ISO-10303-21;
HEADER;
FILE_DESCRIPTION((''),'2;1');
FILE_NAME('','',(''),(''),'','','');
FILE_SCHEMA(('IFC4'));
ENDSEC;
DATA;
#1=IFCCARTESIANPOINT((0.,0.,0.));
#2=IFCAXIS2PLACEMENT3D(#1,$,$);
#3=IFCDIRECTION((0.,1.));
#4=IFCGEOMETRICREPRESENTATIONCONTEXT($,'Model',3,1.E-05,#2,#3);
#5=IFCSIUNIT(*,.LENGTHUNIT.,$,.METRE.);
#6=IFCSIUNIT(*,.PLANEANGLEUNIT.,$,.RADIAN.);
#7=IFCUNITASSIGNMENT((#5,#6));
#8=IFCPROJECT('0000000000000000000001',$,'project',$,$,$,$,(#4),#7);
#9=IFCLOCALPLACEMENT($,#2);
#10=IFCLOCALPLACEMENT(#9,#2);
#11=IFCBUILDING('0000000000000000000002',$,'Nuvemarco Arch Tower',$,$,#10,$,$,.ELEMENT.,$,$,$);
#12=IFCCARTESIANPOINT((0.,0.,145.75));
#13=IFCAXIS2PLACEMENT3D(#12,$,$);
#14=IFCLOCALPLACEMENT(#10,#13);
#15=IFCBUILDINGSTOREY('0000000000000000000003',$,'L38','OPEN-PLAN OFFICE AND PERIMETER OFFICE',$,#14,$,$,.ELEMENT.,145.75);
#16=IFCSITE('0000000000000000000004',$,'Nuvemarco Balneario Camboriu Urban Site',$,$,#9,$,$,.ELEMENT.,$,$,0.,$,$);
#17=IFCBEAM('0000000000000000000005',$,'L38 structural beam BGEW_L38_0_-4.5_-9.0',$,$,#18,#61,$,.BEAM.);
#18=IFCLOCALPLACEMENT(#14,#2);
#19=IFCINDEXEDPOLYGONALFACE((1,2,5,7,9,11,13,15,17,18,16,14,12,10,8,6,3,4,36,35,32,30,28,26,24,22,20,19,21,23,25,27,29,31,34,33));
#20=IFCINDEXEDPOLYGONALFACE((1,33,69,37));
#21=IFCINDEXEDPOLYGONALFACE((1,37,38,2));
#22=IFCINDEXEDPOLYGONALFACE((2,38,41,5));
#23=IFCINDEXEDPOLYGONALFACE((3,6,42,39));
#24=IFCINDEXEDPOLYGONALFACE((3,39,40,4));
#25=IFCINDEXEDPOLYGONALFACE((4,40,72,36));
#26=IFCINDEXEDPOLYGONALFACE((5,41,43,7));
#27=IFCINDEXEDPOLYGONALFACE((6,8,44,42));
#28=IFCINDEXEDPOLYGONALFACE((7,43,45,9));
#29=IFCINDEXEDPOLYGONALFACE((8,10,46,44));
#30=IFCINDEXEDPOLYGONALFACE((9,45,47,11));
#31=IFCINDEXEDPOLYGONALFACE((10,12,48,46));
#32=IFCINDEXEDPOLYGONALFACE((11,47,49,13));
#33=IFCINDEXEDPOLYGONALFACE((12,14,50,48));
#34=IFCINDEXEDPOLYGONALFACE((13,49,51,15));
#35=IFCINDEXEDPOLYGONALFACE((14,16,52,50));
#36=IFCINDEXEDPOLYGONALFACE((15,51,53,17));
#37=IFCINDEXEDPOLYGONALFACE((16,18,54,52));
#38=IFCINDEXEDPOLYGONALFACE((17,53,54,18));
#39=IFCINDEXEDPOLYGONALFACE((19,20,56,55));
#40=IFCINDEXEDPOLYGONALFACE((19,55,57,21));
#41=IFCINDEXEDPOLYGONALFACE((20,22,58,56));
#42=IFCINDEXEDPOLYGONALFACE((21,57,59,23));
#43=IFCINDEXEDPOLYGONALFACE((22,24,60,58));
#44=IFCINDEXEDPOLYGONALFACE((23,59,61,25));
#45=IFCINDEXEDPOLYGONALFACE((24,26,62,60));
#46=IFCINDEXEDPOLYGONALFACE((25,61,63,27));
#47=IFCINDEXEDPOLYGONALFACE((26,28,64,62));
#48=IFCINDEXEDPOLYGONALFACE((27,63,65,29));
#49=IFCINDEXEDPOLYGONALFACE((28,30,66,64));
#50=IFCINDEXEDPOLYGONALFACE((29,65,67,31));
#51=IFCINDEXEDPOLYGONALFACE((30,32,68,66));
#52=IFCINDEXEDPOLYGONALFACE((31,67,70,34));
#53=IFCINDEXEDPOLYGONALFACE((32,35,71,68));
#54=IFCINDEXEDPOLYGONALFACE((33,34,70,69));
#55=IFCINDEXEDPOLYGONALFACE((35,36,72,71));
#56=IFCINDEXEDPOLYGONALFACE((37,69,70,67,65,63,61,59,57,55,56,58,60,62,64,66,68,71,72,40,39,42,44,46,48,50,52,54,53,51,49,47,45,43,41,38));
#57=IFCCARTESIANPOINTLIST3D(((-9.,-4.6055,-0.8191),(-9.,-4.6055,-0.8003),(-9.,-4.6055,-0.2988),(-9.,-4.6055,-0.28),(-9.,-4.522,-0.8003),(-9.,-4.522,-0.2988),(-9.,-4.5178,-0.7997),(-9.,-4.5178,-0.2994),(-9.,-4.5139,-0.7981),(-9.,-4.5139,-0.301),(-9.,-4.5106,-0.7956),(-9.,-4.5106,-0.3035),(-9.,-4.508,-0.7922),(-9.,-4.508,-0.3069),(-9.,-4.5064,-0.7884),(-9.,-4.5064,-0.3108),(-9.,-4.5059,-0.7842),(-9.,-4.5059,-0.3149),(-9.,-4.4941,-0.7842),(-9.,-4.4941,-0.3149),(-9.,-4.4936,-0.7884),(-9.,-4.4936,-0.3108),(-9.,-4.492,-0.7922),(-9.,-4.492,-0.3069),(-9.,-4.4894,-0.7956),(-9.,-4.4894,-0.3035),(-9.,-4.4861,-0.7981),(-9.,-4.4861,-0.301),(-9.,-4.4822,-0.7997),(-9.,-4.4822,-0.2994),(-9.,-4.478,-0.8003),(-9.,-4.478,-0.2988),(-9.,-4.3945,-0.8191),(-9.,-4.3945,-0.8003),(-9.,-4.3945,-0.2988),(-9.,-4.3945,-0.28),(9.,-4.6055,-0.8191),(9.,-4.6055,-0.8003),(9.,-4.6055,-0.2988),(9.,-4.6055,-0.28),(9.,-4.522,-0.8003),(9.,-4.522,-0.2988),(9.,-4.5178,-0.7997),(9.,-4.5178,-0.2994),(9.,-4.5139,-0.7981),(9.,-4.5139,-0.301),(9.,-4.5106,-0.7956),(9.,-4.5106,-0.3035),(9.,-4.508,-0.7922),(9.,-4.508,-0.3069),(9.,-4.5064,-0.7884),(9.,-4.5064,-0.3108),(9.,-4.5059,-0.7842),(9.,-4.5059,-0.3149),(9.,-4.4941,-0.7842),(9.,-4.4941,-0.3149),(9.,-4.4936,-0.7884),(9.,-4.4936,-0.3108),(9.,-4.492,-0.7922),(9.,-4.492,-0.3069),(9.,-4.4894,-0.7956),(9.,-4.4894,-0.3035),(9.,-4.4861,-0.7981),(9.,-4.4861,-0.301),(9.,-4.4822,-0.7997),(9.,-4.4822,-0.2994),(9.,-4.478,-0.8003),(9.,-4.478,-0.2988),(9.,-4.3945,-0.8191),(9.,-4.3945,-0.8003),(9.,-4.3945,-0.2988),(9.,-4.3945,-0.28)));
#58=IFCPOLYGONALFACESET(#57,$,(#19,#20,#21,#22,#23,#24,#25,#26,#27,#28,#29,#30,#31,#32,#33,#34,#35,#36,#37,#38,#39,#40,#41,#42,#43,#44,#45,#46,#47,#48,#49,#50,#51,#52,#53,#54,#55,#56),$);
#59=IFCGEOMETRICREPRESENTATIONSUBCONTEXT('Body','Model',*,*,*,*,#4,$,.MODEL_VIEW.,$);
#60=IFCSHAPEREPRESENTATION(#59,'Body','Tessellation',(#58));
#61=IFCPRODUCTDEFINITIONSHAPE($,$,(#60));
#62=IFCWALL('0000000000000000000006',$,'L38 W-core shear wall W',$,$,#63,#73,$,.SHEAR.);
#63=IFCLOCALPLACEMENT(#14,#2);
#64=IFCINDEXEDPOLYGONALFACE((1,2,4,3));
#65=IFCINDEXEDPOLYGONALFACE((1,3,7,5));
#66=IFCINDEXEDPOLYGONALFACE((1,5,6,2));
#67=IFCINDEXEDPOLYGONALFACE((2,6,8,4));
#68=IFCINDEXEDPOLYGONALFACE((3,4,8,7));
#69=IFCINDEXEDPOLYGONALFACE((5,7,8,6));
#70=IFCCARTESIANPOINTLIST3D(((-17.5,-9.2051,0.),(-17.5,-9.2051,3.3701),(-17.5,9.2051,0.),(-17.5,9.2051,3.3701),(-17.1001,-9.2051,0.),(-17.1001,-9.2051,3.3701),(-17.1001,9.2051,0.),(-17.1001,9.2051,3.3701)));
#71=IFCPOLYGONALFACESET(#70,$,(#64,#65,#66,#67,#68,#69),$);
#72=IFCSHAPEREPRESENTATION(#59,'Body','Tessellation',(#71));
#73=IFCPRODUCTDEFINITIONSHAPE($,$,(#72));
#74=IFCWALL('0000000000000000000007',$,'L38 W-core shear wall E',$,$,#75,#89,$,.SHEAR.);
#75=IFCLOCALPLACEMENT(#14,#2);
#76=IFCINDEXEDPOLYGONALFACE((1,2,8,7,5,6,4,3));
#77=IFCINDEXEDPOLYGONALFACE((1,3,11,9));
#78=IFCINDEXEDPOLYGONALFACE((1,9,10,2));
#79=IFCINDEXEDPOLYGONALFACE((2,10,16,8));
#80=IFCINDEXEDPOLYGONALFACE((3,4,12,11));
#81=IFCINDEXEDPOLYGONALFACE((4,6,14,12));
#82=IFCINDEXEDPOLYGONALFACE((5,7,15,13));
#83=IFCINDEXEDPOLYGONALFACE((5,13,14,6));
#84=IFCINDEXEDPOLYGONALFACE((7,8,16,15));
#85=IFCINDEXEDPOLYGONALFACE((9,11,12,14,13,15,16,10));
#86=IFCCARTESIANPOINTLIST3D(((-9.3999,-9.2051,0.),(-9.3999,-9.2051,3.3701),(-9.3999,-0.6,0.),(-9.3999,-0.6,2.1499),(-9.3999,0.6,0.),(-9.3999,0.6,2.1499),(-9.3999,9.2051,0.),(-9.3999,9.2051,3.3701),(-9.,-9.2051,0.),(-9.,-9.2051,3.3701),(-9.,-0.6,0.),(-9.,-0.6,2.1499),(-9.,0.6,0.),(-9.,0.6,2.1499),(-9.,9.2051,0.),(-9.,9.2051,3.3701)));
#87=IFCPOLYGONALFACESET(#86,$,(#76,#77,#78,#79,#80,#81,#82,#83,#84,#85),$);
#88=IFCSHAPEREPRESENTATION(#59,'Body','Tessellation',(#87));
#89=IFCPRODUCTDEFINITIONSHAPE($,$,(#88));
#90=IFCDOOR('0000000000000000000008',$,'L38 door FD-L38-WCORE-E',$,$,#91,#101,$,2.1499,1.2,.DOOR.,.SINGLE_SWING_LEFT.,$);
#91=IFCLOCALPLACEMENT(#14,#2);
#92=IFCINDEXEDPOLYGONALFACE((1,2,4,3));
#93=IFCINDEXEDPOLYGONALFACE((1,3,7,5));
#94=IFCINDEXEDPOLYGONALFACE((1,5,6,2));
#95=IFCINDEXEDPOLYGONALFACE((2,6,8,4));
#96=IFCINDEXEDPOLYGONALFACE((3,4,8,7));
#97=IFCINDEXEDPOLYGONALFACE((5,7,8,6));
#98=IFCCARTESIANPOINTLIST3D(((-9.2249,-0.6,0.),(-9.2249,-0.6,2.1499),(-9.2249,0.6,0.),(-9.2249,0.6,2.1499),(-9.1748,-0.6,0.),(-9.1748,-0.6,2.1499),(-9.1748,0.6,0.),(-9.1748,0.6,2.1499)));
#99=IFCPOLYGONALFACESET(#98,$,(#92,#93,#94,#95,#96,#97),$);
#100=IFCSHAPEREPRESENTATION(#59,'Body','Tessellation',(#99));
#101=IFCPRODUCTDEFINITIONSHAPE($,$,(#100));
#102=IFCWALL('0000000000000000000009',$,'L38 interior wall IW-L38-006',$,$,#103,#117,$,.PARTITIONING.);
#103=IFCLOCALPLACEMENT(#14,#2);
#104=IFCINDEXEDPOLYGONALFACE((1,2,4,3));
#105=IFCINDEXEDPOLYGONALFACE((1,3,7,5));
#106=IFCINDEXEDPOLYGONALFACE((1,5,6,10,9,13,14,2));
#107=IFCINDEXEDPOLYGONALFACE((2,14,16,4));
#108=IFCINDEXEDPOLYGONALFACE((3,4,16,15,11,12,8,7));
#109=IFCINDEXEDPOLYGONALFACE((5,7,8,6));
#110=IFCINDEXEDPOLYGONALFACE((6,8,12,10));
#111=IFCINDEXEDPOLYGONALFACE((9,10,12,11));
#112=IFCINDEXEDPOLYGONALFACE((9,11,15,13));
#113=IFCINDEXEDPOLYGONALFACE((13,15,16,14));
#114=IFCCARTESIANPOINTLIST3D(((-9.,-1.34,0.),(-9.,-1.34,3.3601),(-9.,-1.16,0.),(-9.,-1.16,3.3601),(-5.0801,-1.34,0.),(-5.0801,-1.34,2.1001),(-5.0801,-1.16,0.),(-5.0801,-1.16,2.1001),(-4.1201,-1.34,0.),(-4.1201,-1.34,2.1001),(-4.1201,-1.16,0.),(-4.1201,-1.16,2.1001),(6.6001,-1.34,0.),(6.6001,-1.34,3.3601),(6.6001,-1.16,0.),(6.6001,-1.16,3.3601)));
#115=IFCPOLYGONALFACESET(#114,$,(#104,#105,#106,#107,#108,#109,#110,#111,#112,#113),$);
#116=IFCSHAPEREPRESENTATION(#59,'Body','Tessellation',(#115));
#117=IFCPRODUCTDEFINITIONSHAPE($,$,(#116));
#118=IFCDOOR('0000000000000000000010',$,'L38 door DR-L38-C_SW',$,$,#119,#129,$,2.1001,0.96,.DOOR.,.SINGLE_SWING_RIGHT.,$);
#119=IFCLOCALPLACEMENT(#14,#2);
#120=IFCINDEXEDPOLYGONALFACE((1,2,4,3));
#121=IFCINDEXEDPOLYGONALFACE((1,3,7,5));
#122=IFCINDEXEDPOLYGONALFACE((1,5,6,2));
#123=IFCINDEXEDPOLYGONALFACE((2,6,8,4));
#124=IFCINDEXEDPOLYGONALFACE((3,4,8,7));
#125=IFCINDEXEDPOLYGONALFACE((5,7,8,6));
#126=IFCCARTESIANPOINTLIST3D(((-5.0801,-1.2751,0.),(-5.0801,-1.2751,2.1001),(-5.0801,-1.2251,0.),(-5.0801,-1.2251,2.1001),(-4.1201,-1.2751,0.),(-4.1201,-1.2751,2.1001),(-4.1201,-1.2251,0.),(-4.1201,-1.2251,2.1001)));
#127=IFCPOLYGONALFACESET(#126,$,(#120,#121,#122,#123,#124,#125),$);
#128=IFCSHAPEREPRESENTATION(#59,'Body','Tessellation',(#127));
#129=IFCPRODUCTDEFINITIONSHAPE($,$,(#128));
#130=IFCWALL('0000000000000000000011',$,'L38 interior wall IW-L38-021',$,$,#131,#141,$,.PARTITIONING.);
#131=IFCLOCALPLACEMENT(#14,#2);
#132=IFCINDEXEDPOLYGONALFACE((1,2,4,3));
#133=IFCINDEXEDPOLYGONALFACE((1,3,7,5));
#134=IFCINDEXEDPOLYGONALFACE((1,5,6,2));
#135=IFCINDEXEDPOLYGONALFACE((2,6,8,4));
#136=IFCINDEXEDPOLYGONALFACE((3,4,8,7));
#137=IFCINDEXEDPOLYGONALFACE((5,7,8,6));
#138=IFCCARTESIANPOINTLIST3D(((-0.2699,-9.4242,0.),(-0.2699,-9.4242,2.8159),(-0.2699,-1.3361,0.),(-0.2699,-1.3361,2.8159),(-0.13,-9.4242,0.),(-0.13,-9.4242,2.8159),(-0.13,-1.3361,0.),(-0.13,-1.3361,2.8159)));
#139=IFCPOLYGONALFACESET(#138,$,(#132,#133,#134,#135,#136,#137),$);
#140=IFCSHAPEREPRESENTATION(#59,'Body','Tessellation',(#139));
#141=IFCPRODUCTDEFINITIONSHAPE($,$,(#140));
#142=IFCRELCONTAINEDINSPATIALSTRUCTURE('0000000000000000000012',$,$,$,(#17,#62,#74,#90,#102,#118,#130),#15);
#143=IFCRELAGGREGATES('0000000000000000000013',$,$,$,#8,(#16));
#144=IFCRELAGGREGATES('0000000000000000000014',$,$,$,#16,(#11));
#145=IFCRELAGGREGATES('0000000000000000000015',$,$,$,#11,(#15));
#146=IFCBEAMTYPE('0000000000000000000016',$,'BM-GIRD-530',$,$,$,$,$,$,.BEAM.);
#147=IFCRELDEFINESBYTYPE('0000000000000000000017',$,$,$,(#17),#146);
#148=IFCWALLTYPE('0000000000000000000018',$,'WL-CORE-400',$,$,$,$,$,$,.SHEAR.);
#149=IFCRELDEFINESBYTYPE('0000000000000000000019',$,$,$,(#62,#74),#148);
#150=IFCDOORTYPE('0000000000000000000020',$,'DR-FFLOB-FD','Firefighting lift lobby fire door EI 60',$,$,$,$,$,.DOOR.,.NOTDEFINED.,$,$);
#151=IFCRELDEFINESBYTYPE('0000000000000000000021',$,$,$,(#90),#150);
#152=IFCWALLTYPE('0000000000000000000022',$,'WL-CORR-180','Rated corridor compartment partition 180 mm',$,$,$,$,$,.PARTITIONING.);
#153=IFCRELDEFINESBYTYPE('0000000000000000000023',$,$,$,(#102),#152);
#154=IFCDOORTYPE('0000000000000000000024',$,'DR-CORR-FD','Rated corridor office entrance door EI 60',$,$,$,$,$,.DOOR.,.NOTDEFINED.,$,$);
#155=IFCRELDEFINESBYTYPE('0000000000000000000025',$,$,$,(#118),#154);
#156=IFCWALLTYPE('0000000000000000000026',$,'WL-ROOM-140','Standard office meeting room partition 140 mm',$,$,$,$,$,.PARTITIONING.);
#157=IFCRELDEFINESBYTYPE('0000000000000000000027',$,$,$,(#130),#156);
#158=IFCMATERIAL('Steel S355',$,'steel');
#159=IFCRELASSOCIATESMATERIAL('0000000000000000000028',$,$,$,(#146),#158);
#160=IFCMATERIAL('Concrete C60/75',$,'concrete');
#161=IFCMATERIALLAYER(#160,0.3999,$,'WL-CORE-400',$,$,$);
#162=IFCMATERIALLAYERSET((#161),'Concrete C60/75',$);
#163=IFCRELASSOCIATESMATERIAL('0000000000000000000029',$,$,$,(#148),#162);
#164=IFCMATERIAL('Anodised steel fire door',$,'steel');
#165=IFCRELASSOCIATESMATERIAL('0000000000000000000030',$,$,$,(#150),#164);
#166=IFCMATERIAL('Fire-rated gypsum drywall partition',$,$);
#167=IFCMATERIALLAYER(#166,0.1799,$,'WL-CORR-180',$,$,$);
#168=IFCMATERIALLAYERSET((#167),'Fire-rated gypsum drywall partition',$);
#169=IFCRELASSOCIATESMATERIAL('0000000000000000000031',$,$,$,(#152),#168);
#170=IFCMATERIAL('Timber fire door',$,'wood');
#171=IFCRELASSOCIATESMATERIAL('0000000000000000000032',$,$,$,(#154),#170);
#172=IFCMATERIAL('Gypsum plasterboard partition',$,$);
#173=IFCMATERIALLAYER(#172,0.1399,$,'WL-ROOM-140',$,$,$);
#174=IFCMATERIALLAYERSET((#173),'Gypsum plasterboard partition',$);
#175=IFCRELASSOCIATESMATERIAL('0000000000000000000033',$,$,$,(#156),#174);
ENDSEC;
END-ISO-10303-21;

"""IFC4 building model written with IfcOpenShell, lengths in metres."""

from ifc_helpers import new_model, si_unit, direction, frame, frame_2d, origin, origin_2d, place, context, subcontext, project, spatial, rectangle, i_section, extrude, source, transform, mapped, material, layer, layer_set, material_profile, profile_set, type_object, type_shapes, element, fill, save


model = new_model("IFC4")

# Units and contexts
model_context = context("Model", 3, precision=1e-05, world=origin(), true_north=direction((0.0, 1.0)))
body_context = subcontext(model_context, "Body", "Model", "MODEL_VIEW")
ifc_project = project(units=[si_unit("LENGTHUNIT", "METRE"), si_unit("PLANEANGLEUNIT", "RADIAN")], contexts=[model_context])

# Site, building, storey
site_placement = place(None, origin())
site = spatial("IfcSite", under=ifc_project, at=site_placement, Name="Nuvemarco Balneario Camboriu Urban Site", CompositionType="ELEMENT", RefElevation=0.0)
building_placement = place(site_placement, origin())
building = spatial("IfcBuilding", under=site, at=building_placement, Name="Nuvemarco Arch Tower", CompositionType="ELEMENT")
storey_placement = place(building_placement, frame((0.0, 0.0, 145.75)))
storey = spatial("IfcBuildingStorey", under=building, at=storey_placement, Name="L38", Description="OPEN-PLAN OFFICE AND PERIMETER OFFICE", CompositionType="ELEMENT", Elevation=145.75)

# Shared definitions
ifc_material_1 = material(Name="Steel S355", Category="steel")

# Beam
ifc_material_2 = material(Name="Concrete C60/75", Category="concrete")
ifc_material_profile_1 = material_profile(ifc_material_1, i_section(OverallWidth=0.2109, OverallDepth=0.5391, WebThickness=0.0117, FlangeThickness=0.0188, FilletRadius=0.0161, at=origin_2d()), Name="W530x109")
ifc_profile_set_1 = profile_set([ifc_material_profile_1], Name="Steel S355")
beam_type_1 = type_object("IfcBeamType", Name="BM-GIRD-530", PredefinedType="BEAM", material=ifc_profile_set_1)
beam_1_placement = place(storey_placement, frame((-9.0, -4.5, -0.5496), z_axis=(1.0, 0.0, 0.0), x_axis=(0.0, 1.0, 0.0)))
element("IfcBeam", 1, at=beam_1_placement, inside=storey, type_object=beam_type_1, Name="L38 structural beam BGEW_L38_0_-4.5_-9.0", PredefinedType="BEAM", context=body_context, shape_type="SweptSolid", body=[
    extrude(i_section(OverallWidth=0.2109, OverallDepth=0.5391, WebThickness=0.0117, FlangeThickness=0.0188, FilletRadius=0.0161, at=origin_2d()), origin(), (0.0, 0.0, 1.0), 18.0),
])

# Wall
ifc_layer_1 = layer(ifc_material_2, 0.3999, Name="WL-CORE-400")
ifc_layer_set_1 = layer_set([ifc_layer_1], Name="Concrete C60/75")
wall_type_1 = type_object("IfcWallType", Name="WL-CORE-400", PredefinedType="SHEAR", material=ifc_layer_set_1)
wall_1_placement = place(storey_placement, frame((-17.3, -9.2051, 0.0), z_axis=(0.0, 0.0, 1.0), x_axis=(0.0, 1.0, 0.0)))
element("IfcWall", 2, at=wall_1_placement, inside=storey, type_object=wall_type_1, Name="L38 W-core shear wall W", PredefinedType="SHEAR", context=body_context, shape_type="SweptSolid", body=[
    extrude(rectangle(XDim=18.4102, YDim=0.3999, at=frame_2d((9.2051, 0.0))), origin(), (0.0, 0.0, 1.0), 3.3701),
])

# Walls, openings, doors
wall_2_placement = place(storey_placement, frame((-9.2, -9.2051, 0.0), z_axis=(0.0, 0.0, 1.0), x_axis=(0.0, 1.0, 0.0)))
wall_2 = element("IfcWall", 3, at=wall_2_placement, inside=storey, type_object=wall_type_1, Name="L38 W-core shear wall E", PredefinedType="SHEAR", context=body_context, shape_type="SweptSolid", body=[
    extrude(rectangle(XDim=18.4102, YDim=0.3999, at=frame_2d((9.2051, 0.0))), origin(), (0.0, 0.0, 1.0), 3.3701),
])
opening_1_placement = place(wall_2_placement, frame((8.605, 0.0, 0.0)))
opening_1 = element("IfcOpeningElement", 4, at=opening_1_placement, cuts=wall_2, PredefinedType="OPENING", context=body_context, shape_type="SweptSolid", body=[
    extrude(rectangle(XDim=1.2, YDim=2.1499, at=frame_2d((0.6001, 1.075))), frame((0.0, 0.21, 0.0), z_axis=(0.0, -1.0, 0.0), x_axis=(1.0, 0.0, 0.0)), (0.0, 0.0, 1.0), 0.4199),
])
ifc_material_3 = material(Name="Anodised steel fire door", Category="steel")
door_type_1 = type_object("IfcDoorType", Name="DR-FFLOB-FD", Description="Firefighting lift lobby fire door EI 60", OperationType="NOTDEFINED", PredefinedType="DOOR", material=ifc_material_3)
shared_shape_1 = source(origin(), body_context, "Body", "SweptSolid", [
    extrude(rectangle(XDim=1.2, YDim=2.1499, at=frame_2d((0.6001, 1.075))), frame((0.0, 0.0249, 0.0), z_axis=(0.0, -1.0, 0.0), x_axis=(1.0, 0.0, 0.0)), (0.0, 0.0, 1.0), 0.05),
])
type_shapes(door_type_1, [shared_shape_1])
door_1_placement = place(opening_1_placement, origin())
door_1 = element("IfcDoor", 5, at=door_1_placement, inside=storey, type_object=door_type_1, Name="L38 door FD-L38-WCORE-E", OperationType="SINGLE_SWING_LEFT", OverallHeight=2.1499, OverallWidth=1.2, PredefinedType="DOOR", context=body_context, shape_type="MappedRepresentation", body=[
    mapped(shared_shape_1, transform((0.0, 0.0, 0.0), scale=1.0)),
])
fill(opening_1, door_1)
ifc_material_4 = material(Name="Fire-rated gypsum drywall partition")
ifc_layer_2 = layer(ifc_material_4, 0.1799, Name="WL-CORR-180")
ifc_layer_set_2 = layer_set([ifc_layer_2], Name="Fire-rated gypsum drywall partition")
wall_type_2 = type_object("IfcWallType", Name="WL-CORR-180", Description="Rated corridor compartment partition 180 mm", PredefinedType="PARTITIONING", material=ifc_layer_set_2)
wall_3_placement = place(storey_placement, frame((-9.0, -1.25, 0.0), z_axis=(0.0, 0.0, 1.0), x_axis=(1.0, 0.0, 0.0)))
wall_3 = element("IfcWall", 6, at=wall_3_placement, inside=storey, type_object=wall_type_2, Name="L38 interior wall IW-L38-006", PredefinedType="PARTITIONING", context=body_context, shape_type="SweptSolid", body=[
    extrude(rectangle(XDim=15.6001, YDim=0.1799, at=frame_2d((7.8, 0.0))), origin(), (0.0, 0.0, 1.0), 3.3601),
])
opening_2_placement = place(wall_3_placement, frame((3.9199, 0.0, 0.0)))
opening_2 = element("IfcOpeningElement", 7, at=opening_2_placement, cuts=wall_3, PredefinedType="OPENING", context=body_context, shape_type="SweptSolid", body=[
    extrude(rectangle(XDim=0.96, YDim=2.1001, at=frame_2d((0.48, 1.05))), frame((0.0, 0.0999, 0.0), z_axis=(0.0, -1.0, 0.0), x_axis=(1.0, 0.0, 0.0)), (0.0, 0.0, 1.0), 0.2),
])
ifc_material_5 = material(Name="Timber fire door", Category="wood")
door_type_2 = type_object("IfcDoorType", Name="DR-CORR-FD", Description="Rated corridor office entrance door EI 60", OperationType="NOTDEFINED", PredefinedType="DOOR", material=ifc_material_5)
shared_shape_2 = source(origin(), body_context, "Body", "SweptSolid", [
    extrude(rectangle(XDim=0.96, YDim=2.1001, at=frame_2d((0.48, 1.05))), frame((0.0, 0.0249, 0.0), z_axis=(0.0, -1.0, 0.0), x_axis=(1.0, 0.0, 0.0)), (0.0, 0.0, 1.0), 0.05),
])
type_shapes(door_type_2, [shared_shape_2])
door_2_placement = place(opening_2_placement, origin())
door_2 = element("IfcDoor", 8, at=door_2_placement, inside=storey, type_object=door_type_2, Name="L38 door DR-L38-C_SW", OperationType="SINGLE_SWING_RIGHT", OverallHeight=2.1001, OverallWidth=0.96, PredefinedType="DOOR", context=body_context, shape_type="MappedRepresentation", body=[
    mapped(shared_shape_2, transform((0.0, 0.0, 0.0), scale=1.0)),
])
fill(opening_2, door_2)

# Wall
ifc_material_6 = material(Name="Gypsum plasterboard partition")
ifc_layer_3 = layer(ifc_material_6, 0.1399, Name="WL-ROOM-140")
ifc_layer_set_3 = layer_set([ifc_layer_3], Name="Gypsum plasterboard partition")
wall_type_3 = type_object("IfcWallType", Name="WL-ROOM-140", Description="Standard office meeting room partition 140 mm", PredefinedType="PARTITIONING", material=ifc_layer_set_3)
wall_4_placement = place(storey_placement, frame((-0.2, -9.4241, 0.0), z_axis=(0.0, 0.0, 1.0), x_axis=(0.0, 1.0, 0.0)))
element("IfcWall", 9, at=wall_4_placement, inside=storey, type_object=wall_type_3, Name="L38 interior wall IW-L38-021", PredefinedType="PARTITIONING", context=body_context, shape_type="SweptSolid", body=[
    extrude(rectangle(XDim=8.0881, YDim=0.1399, at=frame_2d((4.0439, 0.0))), origin(), (0.0, 0.0, 1.0), 2.8159),
])

save(model, "model.ifc")
